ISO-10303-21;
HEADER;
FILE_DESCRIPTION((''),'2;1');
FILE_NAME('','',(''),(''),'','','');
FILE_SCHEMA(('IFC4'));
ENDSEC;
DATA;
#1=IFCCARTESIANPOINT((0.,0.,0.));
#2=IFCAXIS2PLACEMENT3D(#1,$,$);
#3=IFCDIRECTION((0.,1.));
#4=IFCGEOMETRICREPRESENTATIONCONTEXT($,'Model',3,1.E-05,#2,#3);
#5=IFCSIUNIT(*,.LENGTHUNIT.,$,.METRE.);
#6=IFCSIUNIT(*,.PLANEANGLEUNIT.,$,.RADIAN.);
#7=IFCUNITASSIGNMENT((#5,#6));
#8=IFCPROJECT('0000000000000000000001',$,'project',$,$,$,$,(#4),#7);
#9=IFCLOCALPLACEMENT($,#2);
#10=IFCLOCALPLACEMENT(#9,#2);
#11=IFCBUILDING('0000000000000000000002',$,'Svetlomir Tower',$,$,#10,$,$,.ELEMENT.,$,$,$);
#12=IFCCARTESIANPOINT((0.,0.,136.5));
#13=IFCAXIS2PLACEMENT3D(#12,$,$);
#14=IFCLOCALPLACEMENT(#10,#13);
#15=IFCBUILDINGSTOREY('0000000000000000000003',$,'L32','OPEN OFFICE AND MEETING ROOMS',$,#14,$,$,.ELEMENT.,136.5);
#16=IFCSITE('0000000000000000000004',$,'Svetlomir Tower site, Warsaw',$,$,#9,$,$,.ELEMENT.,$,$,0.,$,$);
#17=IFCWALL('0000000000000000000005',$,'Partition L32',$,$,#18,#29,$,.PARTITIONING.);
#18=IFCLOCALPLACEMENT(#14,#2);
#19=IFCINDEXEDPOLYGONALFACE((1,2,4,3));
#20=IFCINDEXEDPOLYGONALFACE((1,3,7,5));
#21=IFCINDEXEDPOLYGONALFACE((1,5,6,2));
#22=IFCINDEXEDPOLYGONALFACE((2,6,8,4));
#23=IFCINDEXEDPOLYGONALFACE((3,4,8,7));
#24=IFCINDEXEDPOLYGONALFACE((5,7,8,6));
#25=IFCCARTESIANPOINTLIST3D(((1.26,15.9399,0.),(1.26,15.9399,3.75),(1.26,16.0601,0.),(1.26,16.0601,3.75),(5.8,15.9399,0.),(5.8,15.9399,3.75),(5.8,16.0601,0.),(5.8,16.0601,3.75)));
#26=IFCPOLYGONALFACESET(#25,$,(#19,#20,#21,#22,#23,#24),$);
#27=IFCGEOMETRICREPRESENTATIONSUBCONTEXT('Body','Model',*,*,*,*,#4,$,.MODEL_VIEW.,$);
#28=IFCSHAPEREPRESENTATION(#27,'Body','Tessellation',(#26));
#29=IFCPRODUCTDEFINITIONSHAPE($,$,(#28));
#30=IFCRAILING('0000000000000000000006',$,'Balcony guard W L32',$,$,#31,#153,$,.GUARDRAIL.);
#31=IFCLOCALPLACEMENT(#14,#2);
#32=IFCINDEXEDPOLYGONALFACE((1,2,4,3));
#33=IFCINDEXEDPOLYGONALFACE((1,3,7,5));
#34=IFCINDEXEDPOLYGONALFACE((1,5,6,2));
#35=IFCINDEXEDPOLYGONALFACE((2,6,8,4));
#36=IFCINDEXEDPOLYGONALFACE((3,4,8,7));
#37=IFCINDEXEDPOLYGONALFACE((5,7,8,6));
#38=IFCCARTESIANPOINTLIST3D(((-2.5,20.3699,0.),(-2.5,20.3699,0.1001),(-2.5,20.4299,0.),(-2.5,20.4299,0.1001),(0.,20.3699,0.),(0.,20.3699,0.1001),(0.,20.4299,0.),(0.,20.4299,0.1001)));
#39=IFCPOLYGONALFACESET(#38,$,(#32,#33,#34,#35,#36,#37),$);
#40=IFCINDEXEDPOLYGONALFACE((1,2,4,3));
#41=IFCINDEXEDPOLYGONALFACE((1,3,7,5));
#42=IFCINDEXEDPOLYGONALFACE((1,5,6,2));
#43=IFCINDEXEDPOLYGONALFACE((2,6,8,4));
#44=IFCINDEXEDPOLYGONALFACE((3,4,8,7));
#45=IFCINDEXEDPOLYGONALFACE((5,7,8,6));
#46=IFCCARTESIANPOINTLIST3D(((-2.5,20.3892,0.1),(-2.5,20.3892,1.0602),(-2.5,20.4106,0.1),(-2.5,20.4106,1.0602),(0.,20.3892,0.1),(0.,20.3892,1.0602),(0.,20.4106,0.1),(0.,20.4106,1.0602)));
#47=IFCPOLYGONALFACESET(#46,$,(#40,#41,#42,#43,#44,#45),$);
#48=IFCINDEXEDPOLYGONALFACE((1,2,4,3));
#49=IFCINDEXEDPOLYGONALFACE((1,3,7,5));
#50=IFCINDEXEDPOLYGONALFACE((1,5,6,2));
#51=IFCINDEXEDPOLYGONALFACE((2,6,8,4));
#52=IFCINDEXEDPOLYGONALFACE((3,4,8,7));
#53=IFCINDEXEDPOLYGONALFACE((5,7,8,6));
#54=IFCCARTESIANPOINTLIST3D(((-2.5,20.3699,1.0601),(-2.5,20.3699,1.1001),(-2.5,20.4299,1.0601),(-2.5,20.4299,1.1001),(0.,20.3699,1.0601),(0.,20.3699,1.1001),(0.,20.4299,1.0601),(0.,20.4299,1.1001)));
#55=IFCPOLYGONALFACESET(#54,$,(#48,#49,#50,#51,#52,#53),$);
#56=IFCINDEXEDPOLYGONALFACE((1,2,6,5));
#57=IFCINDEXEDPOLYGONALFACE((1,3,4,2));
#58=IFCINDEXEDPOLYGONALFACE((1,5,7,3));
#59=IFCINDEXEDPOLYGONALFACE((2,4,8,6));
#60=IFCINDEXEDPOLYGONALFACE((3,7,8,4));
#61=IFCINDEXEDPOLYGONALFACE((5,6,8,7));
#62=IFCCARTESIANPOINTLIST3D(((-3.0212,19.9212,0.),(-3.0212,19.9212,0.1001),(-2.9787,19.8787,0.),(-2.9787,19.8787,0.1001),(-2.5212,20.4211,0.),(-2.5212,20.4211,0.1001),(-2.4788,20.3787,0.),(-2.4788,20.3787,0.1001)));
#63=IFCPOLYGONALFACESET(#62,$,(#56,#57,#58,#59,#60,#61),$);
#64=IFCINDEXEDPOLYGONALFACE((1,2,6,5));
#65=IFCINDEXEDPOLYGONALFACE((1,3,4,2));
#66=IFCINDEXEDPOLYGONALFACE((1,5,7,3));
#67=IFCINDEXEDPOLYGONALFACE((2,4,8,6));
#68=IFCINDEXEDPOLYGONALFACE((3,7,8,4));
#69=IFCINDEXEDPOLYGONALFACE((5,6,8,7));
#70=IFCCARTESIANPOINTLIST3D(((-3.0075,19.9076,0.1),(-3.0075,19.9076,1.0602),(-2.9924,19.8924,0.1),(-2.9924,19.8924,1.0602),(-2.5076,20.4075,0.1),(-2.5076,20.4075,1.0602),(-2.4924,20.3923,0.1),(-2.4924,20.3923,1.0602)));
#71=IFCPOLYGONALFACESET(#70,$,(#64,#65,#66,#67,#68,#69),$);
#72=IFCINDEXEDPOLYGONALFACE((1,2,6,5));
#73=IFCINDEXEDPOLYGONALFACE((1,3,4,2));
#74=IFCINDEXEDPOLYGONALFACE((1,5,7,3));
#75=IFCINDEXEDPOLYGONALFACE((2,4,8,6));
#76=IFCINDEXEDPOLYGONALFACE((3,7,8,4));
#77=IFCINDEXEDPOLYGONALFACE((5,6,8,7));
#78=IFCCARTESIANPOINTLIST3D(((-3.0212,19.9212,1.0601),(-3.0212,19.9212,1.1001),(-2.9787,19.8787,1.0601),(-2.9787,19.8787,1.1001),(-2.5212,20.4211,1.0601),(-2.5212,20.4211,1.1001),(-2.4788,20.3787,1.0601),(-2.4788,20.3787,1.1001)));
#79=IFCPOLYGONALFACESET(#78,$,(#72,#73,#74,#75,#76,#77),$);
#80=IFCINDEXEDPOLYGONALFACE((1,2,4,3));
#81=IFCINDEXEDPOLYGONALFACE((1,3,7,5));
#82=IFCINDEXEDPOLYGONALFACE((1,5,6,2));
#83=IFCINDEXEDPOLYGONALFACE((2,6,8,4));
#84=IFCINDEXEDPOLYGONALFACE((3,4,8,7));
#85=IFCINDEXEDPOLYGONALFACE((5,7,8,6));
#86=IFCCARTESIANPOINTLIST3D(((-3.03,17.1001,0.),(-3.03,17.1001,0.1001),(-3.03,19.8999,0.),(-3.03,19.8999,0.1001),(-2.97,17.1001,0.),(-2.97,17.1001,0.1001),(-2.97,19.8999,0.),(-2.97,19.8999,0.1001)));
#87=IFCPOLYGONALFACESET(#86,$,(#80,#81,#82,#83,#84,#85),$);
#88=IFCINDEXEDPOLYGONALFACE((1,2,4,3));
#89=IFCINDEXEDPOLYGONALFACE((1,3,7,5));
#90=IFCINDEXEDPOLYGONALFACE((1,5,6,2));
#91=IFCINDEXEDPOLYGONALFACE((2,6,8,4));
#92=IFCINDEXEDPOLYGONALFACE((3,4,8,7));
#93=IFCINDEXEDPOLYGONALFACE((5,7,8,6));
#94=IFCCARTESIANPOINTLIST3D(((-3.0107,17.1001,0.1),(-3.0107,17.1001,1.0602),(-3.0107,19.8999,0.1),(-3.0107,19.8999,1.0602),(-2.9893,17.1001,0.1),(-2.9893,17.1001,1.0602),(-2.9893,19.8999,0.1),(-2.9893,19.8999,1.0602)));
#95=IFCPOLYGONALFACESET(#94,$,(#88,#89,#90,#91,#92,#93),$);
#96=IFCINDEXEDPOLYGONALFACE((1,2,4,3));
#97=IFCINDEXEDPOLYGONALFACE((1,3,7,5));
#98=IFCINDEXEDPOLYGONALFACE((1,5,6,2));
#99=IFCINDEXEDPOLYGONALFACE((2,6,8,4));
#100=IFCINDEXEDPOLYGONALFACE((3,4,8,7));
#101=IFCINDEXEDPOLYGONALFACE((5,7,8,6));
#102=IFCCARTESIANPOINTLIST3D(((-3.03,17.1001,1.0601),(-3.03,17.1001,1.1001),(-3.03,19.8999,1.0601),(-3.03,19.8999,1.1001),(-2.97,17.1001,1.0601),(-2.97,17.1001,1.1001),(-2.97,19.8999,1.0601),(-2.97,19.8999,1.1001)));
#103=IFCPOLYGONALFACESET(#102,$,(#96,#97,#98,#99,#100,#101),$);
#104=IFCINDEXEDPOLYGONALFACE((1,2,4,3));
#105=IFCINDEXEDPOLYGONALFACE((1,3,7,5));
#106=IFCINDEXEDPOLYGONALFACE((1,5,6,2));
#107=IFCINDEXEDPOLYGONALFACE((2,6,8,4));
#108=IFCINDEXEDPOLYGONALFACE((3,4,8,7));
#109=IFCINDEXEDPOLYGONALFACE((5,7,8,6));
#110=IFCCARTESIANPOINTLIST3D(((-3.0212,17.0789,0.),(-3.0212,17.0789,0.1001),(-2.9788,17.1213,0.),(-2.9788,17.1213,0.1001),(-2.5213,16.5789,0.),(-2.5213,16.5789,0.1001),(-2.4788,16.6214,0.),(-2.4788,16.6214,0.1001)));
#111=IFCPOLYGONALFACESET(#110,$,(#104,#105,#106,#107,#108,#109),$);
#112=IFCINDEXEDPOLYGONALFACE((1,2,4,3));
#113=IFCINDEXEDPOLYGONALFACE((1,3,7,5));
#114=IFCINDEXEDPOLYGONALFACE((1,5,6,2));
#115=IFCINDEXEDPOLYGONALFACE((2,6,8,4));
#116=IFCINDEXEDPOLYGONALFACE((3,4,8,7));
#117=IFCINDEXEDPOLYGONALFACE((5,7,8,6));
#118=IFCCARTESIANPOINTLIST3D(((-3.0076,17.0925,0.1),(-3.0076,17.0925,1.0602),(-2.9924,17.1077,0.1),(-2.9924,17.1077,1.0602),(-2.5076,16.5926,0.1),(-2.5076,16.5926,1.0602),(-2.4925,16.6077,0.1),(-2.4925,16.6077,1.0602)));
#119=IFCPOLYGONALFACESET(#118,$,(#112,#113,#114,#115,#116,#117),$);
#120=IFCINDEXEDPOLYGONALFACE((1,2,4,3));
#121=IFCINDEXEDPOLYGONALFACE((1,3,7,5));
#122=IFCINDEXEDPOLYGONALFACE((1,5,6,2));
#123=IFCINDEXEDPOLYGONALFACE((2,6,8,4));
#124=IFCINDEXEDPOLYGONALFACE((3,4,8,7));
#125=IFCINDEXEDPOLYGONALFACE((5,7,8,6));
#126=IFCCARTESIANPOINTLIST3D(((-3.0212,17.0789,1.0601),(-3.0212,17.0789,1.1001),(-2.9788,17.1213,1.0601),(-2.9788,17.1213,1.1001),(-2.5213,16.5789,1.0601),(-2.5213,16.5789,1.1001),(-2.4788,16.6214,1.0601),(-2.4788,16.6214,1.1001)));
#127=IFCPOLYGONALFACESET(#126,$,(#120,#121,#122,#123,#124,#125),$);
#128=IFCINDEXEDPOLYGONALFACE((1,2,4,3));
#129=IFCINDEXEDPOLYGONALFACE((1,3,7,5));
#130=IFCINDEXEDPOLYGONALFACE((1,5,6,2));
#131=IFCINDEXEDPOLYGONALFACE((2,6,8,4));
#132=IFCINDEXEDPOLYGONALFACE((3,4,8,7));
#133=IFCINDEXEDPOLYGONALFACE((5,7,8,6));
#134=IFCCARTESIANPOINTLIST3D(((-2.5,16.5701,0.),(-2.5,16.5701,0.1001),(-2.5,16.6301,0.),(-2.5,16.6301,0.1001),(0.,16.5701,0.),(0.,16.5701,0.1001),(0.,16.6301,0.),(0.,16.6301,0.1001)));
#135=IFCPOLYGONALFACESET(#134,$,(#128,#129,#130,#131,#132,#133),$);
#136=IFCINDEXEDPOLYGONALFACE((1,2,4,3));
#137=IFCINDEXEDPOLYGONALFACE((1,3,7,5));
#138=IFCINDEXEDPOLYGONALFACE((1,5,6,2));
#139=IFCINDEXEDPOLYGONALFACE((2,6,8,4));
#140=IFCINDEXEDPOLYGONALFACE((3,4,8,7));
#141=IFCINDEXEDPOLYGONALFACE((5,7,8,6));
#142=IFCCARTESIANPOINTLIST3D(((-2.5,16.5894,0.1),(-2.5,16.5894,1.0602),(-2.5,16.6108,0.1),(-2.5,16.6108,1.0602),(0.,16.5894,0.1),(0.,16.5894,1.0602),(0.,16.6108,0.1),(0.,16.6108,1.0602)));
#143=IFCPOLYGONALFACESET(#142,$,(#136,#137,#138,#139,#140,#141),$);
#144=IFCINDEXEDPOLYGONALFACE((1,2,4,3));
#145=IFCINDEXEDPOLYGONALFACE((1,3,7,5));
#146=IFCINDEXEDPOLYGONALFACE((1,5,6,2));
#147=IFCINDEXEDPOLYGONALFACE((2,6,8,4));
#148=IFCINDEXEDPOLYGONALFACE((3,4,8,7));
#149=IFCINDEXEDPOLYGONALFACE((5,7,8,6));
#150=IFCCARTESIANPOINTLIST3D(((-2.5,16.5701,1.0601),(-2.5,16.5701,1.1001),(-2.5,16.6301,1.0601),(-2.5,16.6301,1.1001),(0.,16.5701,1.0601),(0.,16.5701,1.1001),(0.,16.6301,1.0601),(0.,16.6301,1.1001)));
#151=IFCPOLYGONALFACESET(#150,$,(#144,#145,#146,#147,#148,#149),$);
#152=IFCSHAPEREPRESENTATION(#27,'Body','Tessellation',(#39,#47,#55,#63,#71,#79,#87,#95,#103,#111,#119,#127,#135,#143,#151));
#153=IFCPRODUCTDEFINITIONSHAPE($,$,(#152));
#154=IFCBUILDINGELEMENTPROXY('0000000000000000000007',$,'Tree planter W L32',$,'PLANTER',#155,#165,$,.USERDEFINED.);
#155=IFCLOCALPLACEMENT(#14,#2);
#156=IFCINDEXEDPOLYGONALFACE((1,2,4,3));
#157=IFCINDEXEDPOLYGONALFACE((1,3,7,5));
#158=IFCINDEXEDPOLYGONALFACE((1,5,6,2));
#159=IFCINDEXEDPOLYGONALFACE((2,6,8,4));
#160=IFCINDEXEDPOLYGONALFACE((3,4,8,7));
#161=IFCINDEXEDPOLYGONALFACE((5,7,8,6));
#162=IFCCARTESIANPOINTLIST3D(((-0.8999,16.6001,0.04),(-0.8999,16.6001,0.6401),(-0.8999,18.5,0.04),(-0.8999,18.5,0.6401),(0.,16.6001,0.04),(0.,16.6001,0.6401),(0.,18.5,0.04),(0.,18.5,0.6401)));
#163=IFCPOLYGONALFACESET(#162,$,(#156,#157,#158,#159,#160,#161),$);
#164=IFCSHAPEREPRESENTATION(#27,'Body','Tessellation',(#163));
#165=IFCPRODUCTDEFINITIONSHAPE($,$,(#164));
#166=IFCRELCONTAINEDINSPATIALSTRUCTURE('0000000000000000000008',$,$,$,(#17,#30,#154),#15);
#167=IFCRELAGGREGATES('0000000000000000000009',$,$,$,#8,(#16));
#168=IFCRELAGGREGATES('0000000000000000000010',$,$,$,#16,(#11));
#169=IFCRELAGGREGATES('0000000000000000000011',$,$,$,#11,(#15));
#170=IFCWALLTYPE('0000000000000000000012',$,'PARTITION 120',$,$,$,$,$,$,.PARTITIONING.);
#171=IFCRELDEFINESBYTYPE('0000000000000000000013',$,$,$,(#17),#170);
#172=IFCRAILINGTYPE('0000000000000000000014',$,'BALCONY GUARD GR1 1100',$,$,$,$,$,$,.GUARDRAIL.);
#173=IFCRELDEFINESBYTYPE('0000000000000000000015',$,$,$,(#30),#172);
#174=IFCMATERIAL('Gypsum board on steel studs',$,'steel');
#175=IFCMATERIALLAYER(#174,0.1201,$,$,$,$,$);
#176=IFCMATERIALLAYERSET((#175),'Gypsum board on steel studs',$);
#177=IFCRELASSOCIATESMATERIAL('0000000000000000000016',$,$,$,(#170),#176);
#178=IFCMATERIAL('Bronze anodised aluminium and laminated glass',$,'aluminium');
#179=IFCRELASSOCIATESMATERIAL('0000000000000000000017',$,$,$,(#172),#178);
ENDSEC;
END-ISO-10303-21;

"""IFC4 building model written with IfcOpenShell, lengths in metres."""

from ifc_helpers import new_model, si_unit, direction, frame, frame_2d, origin, origin_2d, place, context, subcontext, project, spatial, rectangle, extrude, material, layer, layer_set, type_object, element, save


model = new_model("IFC4")

# Units and contexts
model_context = context("Model", 3, precision=1e-05, world=origin(), true_north=direction((0.0, 1.0)))
body_context = subcontext(model_context, "Body", "Model", "MODEL_VIEW")
ifc_project = project(units=[si_unit("LENGTHUNIT", "METRE"), si_unit("PLANEANGLEUNIT", "RADIAN")], contexts=[model_context])

# Site, building, storey
site_placement = place(None, origin())
site = spatial("IfcSite", under=ifc_project, at=site_placement, Name="Svetlomir Tower site, Warsaw", CompositionType="ELEMENT", RefElevation=0.0)
building_placement = place(site_placement, origin())
building = spatial("IfcBuilding", under=site, at=building_placement, Name="Svetlomir Tower", CompositionType="ELEMENT")
storey_placement = place(building_placement, frame((0.0, 0.0, 136.5)))
storey = spatial("IfcBuildingStorey", under=building, at=storey_placement, Name="L32", Description="OPEN OFFICE AND MEETING ROOMS", CompositionType="ELEMENT", Elevation=136.5)

# Wall
ifc_material_1 = material(Name="Gypsum board on steel studs", Category="steel")
ifc_layer_1 = layer(ifc_material_1, 0.1201)
ifc_layer_set_1 = layer_set([ifc_layer_1], Name="Gypsum board on steel studs")
wall_type_1 = type_object("IfcWallType", Name="PARTITION 120", PredefinedType="PARTITIONING", material=ifc_layer_set_1)
wall_1_placement = place(storey_placement, frame((1.26, 16.0, 0.0), z_axis=(0.0, 0.0, 1.0), x_axis=(1.0, 0.0, 0.0)))
element("IfcWall", 1, at=wall_1_placement, inside=storey, type_object=wall_type_1, Name="Partition L32", PredefinedType="PARTITIONING", context=body_context, shape_type="SweptSolid", body=[
    extrude(rectangle(XDim=4.54, YDim=0.1201, at=frame_2d((2.27, 0.0))), origin(), (0.0, 0.0, 1.0), 3.75),
])

# Railing
ifc_material_2 = material(Name="Bronze anodised aluminium and laminated glass", Category="aluminium")
railing_type = type_object("IfcRailingType", Name="BALCONY GUARD GR1 1100", PredefinedType="GUARDRAIL", material=ifc_material_2)
railing_placement = place(storey_placement, frame((0.0, 20.3999, 0.0)))
element("IfcRailing", 2, at=railing_placement, inside=storey, type_object=railing_type, Name="Balcony guard W L32", PredefinedType="GUARDRAIL", context=body_context, shape_type="SweptSolid", body=[
    extrude(rectangle(XDim=0.0601, YDim=0.1001, at=origin_2d()), frame((0.0, 0.0, 0.05), z_axis=(-1.0, 0.0, 0.0), x_axis=(0.0, -1.0, 0.0)), (0.0, 0.0, 1.0), 2.5),
    extrude(rectangle(XDim=0.0215, YDim=0.9602, at=origin_2d()), frame((0.0, 0.0, 0.5801), z_axis=(-1.0, 0.0, 0.0), x_axis=(0.0, -1.0, 0.0)), (0.0, 0.0, 1.0), 2.5),
    extrude(rectangle(XDim=0.0601, YDim=0.04, at=origin_2d()), frame((0.0, 0.0, 1.0801), z_axis=(-1.0, 0.0, 0.0), x_axis=(0.0, -1.0, 0.0)), (0.0, 0.0, 1.0), 2.5),
    extrude(rectangle(XDim=0.0601, YDim=0.1001, at=origin_2d()), frame((-2.5, 0.0, 0.05), z_axis=(-0.707107, -0.707107, 0.0), x_axis=(0.707107, -0.707107, 0.0)), (0.0, 0.0, 1.0), 0.707),
    extrude(rectangle(XDim=0.0215, YDim=0.9602, at=origin_2d()), frame((-2.5, 0.0, 0.5801), z_axis=(-0.707107, -0.707107, 0.0), x_axis=(0.707107, -0.707107, 0.0)), (0.0, 0.0, 1.0), 0.707),
    extrude(rectangle(XDim=0.0601, YDim=0.04, at=origin_2d()), frame((-2.5, 0.0, 1.0801), z_axis=(-0.707107, -0.707107, 0.0), x_axis=(0.707107, -0.707107, 0.0)), (0.0, 0.0, 1.0), 0.707),
    extrude(rectangle(XDim=0.0601, YDim=0.1001, at=origin_2d()), frame((-3.0, -0.5, 0.05), z_axis=(0.0, -1.0, 0.0), x_axis=(1.0, 0.0, 0.0)), (0.0, 0.0, 1.0), 2.7998),
    extrude(rectangle(XDim=0.0215, YDim=0.9602, at=origin_2d()), frame((-3.0, -0.5, 0.5801), z_axis=(0.0, -1.0, 0.0), x_axis=(1.0, 0.0, 0.0)), (0.0, 0.0, 1.0), 2.7998),
    extrude(rectangle(XDim=0.0601, YDim=0.04, at=origin_2d()), frame((-3.0, -0.5, 1.0801), z_axis=(0.0, -1.0, 0.0), x_axis=(1.0, 0.0, 0.0)), (0.0, 0.0, 1.0), 2.7998),
    extrude(rectangle(XDim=0.0601, YDim=0.1001, at=origin_2d()), frame((-3.0, -3.2998, 0.05), z_axis=(0.707107, -0.707107, 0.0), x_axis=(0.707107, 0.707107, 0.0)), (0.0, 0.0, 1.0), 0.707),
    extrude(rectangle(XDim=0.0215, YDim=0.9602, at=origin_2d()), frame((-3.0, -3.2998, 0.5801), z_axis=(0.707107, -0.707107, 0.0), x_axis=(0.707107, 0.707107, 0.0)), (0.0, 0.0, 1.0), 0.707),
    extrude(rectangle(XDim=0.0601, YDim=0.04, at=origin_2d()), frame((-3.0, -3.2998, 1.0801), z_axis=(0.707107, -0.707107, 0.0), x_axis=(0.707107, 0.707107, 0.0)), (0.0, 0.0, 1.0), 0.707),
    extrude(rectangle(XDim=0.0601, YDim=0.1001, at=origin_2d()), frame((-2.5, -3.7998, 0.05), z_axis=(1.0, 0.0, 0.0), x_axis=(0.0, 1.0, 0.0)), (0.0, 0.0, 1.0), 2.5),
    extrude(rectangle(XDim=0.0215, YDim=0.9602, at=origin_2d()), frame((-2.5, -3.7998, 0.5801), z_axis=(1.0, 0.0, 0.0), x_axis=(0.0, 1.0, 0.0)), (0.0, 0.0, 1.0), 2.5),
    extrude(rectangle(XDim=0.0601, YDim=0.04, at=origin_2d()), frame((-2.5, -3.7998, 1.0801), z_axis=(1.0, 0.0, 0.0), x_axis=(0.0, 1.0, 0.0)), (0.0, 0.0, 1.0), 2.5),
])

# Building element proxy
proxy_placement = place(storey_placement, frame((-0.45, 17.55, 0.04), z_axis=(0.0, 0.0, 1.0), x_axis=(1.0, 0.0, 0.0)))
element("IfcBuildingElementProxy", 3, at=proxy_placement, inside=storey, Name="Tree planter W L32", ObjectType="PLANTER", PredefinedType="USERDEFINED", context=body_context, shape_type="SweptSolid", body=[
    extrude(rectangle(XDim=0.8999, YDim=1.8999, at=origin_2d()), origin(), (0.0, 0.0, 1.0), 0.6001),
])

save(model, "model.ifc")
